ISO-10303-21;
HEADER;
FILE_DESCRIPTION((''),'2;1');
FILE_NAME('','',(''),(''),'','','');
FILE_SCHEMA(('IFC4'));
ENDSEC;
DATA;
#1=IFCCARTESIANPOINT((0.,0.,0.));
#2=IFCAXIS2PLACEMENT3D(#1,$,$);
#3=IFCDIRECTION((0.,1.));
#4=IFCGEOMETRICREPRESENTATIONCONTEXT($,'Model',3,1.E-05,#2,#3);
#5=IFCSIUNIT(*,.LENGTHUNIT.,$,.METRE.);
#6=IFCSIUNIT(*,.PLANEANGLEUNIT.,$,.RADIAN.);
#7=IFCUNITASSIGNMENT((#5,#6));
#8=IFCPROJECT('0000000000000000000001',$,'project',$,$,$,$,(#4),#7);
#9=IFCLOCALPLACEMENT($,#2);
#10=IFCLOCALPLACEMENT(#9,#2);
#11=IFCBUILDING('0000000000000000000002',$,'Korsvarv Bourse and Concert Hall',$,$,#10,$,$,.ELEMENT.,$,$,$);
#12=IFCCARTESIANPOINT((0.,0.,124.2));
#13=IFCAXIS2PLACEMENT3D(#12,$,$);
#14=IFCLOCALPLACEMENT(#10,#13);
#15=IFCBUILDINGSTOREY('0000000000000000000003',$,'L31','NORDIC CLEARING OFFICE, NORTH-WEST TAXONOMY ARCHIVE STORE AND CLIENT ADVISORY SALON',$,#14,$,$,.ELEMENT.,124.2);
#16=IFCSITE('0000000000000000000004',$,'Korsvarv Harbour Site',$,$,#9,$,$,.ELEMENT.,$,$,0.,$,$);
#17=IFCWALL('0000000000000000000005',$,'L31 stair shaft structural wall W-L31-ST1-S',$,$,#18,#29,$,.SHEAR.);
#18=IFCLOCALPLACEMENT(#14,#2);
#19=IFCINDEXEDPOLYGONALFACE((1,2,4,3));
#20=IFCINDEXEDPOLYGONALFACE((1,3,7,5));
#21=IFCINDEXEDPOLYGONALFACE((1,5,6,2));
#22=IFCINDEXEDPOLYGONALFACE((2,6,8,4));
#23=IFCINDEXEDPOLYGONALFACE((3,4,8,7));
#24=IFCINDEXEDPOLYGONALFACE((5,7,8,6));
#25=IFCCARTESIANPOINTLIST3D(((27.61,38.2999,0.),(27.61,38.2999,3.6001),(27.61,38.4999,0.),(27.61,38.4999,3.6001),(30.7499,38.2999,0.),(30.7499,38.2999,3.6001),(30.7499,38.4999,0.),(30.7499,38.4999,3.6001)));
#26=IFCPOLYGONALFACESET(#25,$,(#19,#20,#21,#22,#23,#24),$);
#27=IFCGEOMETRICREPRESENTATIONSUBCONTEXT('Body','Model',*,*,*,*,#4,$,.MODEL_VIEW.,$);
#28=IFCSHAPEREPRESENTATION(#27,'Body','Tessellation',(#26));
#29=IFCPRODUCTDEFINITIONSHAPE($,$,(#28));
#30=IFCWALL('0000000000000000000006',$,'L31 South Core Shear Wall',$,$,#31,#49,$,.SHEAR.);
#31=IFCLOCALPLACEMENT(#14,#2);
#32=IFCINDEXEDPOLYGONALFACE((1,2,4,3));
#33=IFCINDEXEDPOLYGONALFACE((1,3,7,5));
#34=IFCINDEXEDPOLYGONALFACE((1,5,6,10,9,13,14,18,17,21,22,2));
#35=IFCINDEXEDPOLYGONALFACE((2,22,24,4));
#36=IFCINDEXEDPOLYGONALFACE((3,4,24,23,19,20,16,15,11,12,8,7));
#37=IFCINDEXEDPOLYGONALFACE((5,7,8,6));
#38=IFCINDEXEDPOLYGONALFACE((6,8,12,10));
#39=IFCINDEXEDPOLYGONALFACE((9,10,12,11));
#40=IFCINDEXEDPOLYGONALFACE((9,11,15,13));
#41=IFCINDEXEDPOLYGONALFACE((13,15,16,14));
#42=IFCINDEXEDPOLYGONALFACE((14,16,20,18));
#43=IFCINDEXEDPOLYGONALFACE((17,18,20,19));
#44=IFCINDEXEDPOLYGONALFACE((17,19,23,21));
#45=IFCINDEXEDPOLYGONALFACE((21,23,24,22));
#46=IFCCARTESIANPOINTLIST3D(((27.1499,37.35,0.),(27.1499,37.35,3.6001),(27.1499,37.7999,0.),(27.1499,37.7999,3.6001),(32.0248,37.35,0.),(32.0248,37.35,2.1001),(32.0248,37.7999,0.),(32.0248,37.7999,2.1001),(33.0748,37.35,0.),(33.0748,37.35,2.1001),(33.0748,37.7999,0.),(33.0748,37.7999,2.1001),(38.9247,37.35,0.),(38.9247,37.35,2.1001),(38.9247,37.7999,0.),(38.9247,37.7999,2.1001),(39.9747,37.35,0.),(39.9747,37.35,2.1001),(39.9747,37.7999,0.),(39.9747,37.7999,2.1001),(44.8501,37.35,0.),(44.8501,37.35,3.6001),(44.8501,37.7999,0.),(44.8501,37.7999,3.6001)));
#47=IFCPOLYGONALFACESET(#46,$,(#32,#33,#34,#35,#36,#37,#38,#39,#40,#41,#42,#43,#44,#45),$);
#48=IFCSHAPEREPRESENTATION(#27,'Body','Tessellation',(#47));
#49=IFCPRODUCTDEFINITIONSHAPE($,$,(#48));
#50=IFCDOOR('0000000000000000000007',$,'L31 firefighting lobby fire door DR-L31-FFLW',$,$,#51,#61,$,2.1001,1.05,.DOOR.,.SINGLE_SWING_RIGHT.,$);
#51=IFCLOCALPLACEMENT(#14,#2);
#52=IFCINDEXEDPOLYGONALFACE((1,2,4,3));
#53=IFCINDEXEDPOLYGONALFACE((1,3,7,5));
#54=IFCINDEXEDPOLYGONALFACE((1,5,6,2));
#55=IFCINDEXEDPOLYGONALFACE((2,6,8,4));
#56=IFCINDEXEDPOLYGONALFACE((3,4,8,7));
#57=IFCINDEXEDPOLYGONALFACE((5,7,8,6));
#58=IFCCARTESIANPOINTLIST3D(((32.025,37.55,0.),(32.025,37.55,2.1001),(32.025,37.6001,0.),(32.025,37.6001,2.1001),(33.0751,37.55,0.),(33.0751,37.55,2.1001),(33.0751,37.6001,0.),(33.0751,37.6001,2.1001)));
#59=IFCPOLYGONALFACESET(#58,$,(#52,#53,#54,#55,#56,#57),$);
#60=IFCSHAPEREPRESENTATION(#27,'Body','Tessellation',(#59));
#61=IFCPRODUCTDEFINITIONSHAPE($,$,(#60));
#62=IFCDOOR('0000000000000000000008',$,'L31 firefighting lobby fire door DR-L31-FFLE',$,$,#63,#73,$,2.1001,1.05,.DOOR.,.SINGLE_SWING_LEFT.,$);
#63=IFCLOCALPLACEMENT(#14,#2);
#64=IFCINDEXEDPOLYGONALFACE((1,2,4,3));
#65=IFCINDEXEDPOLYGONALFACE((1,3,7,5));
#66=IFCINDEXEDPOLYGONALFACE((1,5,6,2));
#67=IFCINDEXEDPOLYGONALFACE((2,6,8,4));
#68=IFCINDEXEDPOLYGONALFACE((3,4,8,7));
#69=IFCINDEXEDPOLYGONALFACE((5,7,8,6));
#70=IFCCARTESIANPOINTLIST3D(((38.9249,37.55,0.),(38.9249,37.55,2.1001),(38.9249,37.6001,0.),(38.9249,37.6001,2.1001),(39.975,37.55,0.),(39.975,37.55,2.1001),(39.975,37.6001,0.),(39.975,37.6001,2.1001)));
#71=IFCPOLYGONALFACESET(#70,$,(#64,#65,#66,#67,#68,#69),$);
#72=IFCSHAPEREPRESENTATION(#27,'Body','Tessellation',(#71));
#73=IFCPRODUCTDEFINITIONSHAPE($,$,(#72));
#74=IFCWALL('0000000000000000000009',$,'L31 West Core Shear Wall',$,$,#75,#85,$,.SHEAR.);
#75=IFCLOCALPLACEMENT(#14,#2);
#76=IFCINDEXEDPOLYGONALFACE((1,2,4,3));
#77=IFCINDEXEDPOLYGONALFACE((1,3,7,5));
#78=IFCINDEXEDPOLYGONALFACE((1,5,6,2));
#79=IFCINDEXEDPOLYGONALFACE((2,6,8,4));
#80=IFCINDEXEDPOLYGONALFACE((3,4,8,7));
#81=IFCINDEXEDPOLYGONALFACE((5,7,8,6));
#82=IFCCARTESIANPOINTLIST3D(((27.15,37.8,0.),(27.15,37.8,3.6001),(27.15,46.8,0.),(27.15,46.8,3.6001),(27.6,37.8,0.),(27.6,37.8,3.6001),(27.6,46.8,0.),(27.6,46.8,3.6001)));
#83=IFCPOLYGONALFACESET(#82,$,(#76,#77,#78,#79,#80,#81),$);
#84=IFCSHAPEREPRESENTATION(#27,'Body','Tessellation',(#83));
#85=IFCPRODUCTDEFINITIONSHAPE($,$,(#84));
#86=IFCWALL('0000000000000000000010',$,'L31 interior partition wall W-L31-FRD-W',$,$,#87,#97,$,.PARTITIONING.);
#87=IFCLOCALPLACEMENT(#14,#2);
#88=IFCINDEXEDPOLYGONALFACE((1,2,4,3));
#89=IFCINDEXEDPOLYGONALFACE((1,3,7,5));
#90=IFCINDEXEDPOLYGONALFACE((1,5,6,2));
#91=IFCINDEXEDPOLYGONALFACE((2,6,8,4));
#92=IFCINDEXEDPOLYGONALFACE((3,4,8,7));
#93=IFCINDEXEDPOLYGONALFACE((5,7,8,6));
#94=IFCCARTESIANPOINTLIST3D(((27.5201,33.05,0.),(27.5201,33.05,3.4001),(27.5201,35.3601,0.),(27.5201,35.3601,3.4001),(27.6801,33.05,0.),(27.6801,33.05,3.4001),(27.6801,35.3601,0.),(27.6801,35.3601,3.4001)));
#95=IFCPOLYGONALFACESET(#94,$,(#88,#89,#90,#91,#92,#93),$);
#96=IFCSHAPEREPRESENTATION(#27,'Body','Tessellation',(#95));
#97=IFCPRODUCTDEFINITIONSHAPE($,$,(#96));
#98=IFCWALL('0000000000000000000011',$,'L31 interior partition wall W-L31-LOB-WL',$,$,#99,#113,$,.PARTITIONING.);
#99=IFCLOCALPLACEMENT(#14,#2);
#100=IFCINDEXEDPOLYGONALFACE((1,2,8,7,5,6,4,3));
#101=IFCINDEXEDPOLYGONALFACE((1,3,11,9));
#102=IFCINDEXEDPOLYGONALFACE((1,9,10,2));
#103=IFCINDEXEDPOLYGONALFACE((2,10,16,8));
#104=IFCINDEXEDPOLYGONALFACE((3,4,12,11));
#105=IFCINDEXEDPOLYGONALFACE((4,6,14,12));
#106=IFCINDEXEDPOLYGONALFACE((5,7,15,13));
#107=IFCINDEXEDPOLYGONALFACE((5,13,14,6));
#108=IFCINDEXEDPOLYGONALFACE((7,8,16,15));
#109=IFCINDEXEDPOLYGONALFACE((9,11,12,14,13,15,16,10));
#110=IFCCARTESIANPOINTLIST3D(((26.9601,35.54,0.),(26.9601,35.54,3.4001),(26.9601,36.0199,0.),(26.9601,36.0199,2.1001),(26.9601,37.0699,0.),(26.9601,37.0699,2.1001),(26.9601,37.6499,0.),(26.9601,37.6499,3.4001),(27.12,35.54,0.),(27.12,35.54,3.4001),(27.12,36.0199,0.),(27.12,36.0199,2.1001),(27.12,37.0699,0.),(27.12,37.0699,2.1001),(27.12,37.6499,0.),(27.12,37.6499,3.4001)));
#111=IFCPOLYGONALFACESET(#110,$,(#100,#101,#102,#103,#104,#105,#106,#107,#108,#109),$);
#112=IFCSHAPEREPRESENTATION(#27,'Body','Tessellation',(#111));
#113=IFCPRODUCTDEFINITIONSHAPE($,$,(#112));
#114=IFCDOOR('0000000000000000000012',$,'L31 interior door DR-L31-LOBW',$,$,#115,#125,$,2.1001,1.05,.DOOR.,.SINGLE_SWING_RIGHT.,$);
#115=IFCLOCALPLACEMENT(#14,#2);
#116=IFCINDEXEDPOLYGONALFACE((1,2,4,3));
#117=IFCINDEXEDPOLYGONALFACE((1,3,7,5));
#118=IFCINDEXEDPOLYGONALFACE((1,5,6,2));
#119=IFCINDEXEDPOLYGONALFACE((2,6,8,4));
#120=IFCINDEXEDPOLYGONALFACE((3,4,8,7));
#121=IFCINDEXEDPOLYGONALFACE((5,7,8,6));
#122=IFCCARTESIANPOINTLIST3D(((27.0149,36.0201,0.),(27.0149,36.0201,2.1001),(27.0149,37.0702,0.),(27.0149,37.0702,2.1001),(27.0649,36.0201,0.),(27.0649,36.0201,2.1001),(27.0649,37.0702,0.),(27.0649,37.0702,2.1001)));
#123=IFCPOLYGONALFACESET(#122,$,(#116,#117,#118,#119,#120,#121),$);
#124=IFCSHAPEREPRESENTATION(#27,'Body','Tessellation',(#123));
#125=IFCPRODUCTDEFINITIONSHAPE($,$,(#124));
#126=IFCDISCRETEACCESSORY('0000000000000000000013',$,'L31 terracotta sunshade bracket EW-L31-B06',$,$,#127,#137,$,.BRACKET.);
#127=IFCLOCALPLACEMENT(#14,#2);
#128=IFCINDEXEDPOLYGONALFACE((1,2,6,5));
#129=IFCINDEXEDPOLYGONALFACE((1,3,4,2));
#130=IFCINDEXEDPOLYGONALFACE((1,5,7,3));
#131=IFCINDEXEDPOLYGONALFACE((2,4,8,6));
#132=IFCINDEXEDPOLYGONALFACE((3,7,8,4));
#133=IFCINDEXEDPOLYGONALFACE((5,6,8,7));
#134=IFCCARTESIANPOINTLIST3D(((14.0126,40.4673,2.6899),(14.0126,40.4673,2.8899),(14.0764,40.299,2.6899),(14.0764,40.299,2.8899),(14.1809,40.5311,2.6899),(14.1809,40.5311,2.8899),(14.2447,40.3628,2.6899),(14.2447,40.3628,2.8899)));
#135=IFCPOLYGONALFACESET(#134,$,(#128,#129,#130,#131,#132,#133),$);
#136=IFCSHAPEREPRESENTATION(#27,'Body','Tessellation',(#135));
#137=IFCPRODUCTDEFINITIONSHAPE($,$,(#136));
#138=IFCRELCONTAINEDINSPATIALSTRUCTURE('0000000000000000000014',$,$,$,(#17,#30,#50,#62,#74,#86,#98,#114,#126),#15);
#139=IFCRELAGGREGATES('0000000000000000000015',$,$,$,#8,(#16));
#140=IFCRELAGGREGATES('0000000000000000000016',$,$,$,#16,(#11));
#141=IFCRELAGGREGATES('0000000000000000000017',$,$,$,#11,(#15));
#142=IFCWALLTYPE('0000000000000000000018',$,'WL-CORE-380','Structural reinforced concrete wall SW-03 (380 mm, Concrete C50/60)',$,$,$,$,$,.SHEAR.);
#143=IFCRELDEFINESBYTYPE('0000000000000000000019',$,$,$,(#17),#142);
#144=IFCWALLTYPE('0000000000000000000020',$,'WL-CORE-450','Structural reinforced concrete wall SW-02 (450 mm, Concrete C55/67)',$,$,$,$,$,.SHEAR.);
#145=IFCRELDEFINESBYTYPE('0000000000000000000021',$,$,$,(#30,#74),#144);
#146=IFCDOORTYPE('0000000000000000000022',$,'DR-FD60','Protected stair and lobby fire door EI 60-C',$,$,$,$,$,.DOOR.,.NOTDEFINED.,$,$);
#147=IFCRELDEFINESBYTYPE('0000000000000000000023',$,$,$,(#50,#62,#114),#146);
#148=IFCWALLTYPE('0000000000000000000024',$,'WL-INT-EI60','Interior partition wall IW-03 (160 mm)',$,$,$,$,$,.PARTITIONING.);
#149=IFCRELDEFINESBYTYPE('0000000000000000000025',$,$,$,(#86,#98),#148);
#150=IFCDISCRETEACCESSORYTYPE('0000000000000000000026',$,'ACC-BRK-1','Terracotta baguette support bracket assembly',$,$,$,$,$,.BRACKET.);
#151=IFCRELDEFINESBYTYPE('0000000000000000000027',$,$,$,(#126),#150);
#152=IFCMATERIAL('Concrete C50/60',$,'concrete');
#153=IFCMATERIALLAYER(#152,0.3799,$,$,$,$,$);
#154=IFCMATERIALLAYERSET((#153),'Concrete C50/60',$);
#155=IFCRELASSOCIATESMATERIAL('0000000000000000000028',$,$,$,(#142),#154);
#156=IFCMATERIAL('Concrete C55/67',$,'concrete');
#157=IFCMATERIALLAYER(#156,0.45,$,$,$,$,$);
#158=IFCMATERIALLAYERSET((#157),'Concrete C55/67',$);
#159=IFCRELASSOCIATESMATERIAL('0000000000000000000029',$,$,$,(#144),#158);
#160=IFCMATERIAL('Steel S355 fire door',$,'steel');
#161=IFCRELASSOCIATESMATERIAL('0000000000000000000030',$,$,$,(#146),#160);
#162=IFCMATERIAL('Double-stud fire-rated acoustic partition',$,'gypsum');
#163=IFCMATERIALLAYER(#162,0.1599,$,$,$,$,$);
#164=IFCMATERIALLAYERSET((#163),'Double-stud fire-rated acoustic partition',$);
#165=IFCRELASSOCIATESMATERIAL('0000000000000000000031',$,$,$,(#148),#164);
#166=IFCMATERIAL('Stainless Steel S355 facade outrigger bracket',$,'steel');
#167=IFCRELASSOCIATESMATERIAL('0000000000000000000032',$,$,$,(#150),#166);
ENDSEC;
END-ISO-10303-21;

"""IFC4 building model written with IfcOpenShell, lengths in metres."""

from ifc_helpers import new_model, si_unit, direction, frame, frame_2d, origin, origin_2d, place, context, subcontext, project, spatial, rectangle, extrude, source, transform, mapped, material, layer, layer_set, type_object, element, fill, save


model = new_model("IFC4")

# Units and contexts
model_context = context("Model", 3, precision=1e-05, world=origin(), true_north=direction((0.0, 1.0)))
body_context = subcontext(model_context, "Body", "Model", "MODEL_VIEW")
ifc_project = project(units=[si_unit("LENGTHUNIT", "METRE"), si_unit("PLANEANGLEUNIT", "RADIAN")], contexts=[model_context])

# Site, building, storey
site_placement = place(None, origin())
site = spatial("IfcSite", under=ifc_project, at=site_placement, Name="Korsvarv Harbour Site", CompositionType="ELEMENT", RefElevation=0.0)
building_placement = place(site_placement, origin())
building = spatial("IfcBuilding", under=site, at=building_placement, Name="Korsvarv Bourse and Concert Hall", CompositionType="ELEMENT")
storey_placement = place(building_placement, frame((0.0, 0.0, 124.2)))
storey = spatial("IfcBuildingStorey", under=building, at=storey_placement, Name="L31", Description="NORDIC CLEARING OFFICE, NORTH-WEST TAXONOMY ARCHIVE STORE AND CLIENT ADVISORY SALON", CompositionType="ELEMENT", Elevation=124.2)

# Wall
ifc_material_1 = material(Name="Concrete C50/60", Category="concrete")
ifc_layer_1 = layer(ifc_material_1, 0.3799)
ifc_layer_set_1 = layer_set([ifc_layer_1], Name="Concrete C50/60")
wall_type_1 = type_object("IfcWallType", Name="WL-CORE-380", Description="Structural reinforced concrete wall SW-03 (380 mm, Concrete C50/60)", PredefinedType="SHEAR", material=ifc_layer_set_1)
wall_1_placement = place(storey_placement, frame((27.6101, 38.3999, 0.0), z_axis=(0.0, 0.0, 1.0), x_axis=(1.0, 0.0, 0.0)))
element("IfcWall", 1, at=wall_1_placement, inside=storey, type_object=wall_type_1, Name="L31 stair shaft structural wall W-L31-ST1-S", PredefinedType="SHEAR", context=body_context, shape_type="SweptSolid", body=[
    extrude(rectangle(XDim=3.1399, YDim=0.2, at=frame_2d((1.5698, 0.0))), origin(), (0.0, 0.0, 1.0), 3.6001),
])

# Wall, openings, doors
ifc_material_2 = material(Name="Concrete C55/67", Category="concrete")
ifc_layer_2 = layer(ifc_material_2, 0.45)
ifc_layer_set_2 = layer_set([ifc_layer_2], Name="Concrete C55/67")
wall_type_2 = type_object("IfcWallType", Name="WL-CORE-450", Description="Structural reinforced concrete wall SW-02 (450 mm, Concrete C55/67)", PredefinedType="SHEAR", material=ifc_layer_set_2)
wall_2_placement = place(storey_placement, frame((27.1499, 37.575, 0.0), z_axis=(0.0, 0.0, 1.0), x_axis=(1.0, 0.0, 0.0)))
wall_2 = element("IfcWall", 2, at=wall_2_placement, inside=storey, type_object=wall_type_2, Name="L31 South Core Shear Wall", PredefinedType="SHEAR", context=body_context, shape_type="SweptSolid", body=[
    extrude(rectangle(XDim=17.7002, YDim=0.45, at=frame_2d((8.8501, 0.0))), origin(), (0.0, 0.0, 1.0), 3.6001),
])
opening_1_placement = place(wall_2_placement, frame((4.875, 0.0, 0.0)))
opening_1 = element("IfcOpeningElement", 3, at=opening_1_placement, cuts=wall_2, PredefinedType="OPENING", context=body_context, shape_type="SweptSolid", body=[
    extrude(rectangle(XDim=1.05, YDim=2.1001, at=frame_2d((0.5249, 1.05))), frame((0.0, 0.2349, 0.0), z_axis=(0.0, -1.0, 0.0), x_axis=(1.0, 0.0, 0.0)), (0.0, 0.0, 1.0), 0.47),
])
opening_2_placement = place(wall_2_placement, frame((11.7749, 0.0, 0.0)))
opening_2 = element("IfcOpeningElement", 4, at=opening_2_placement, cuts=wall_2, PredefinedType="OPENING", context=body_context, shape_type="SweptSolid", body=[
    extrude(rectangle(XDim=1.05, YDim=2.1001, at=frame_2d((0.5249, 1.05))), frame((0.0, 0.2349, 0.0), z_axis=(0.0, -1.0, 0.0), x_axis=(1.0, 0.0, 0.0)), (0.0, 0.0, 1.0), 0.47),
])
ifc_material_3 = material(Name="Steel S355 fire door", Category="steel")
door_type = type_object("IfcDoorType", Name="DR-FD60", Description="Protected stair and lobby fire door EI 60-C", OperationType="NOTDEFINED", PredefinedType="DOOR", material=ifc_material_3)
door_1_placement = place(opening_1_placement, frame((1.05, 0.0, 0.0), z_axis=(0.0, 0.0, 1.0), x_axis=(-1.0, 0.0, 0.0)))
door_1 = element("IfcDoor", 5, at=door_1_placement, inside=storey, type_object=door_type, Name="L31 firefighting lobby fire door DR-L31-FFLW", OperationType="SINGLE_SWING_RIGHT", OverallHeight=2.1001, OverallWidth=1.05, PredefinedType="DOOR", context=body_context, shape_type="SweptSolid", body=[
    extrude(rectangle(XDim=1.05, YDim=2.1001, at=frame_2d((0.5249, 1.05))), frame((0.0, 0.0249, 0.0), z_axis=(0.0, -1.0, 0.0), x_axis=(1.0, 0.0, 0.0)), (0.0, 0.0, 1.0), 0.05),
])
fill(opening_1, door_1)
door_2_placement = place(opening_2_placement, frame((1.05, 0.0, 0.0), z_axis=(0.0, 0.0, 1.0), x_axis=(-1.0, 0.0, 0.0)))
door_2 = element("IfcDoor", 6, at=door_2_placement, inside=storey, type_object=door_type, Name="L31 firefighting lobby fire door DR-L31-FFLE", OperationType="SINGLE_SWING_LEFT", OverallHeight=2.1001, OverallWidth=1.05, PredefinedType="DOOR", context=body_context, shape_type="SweptSolid", body=[
    extrude(rectangle(XDim=1.05, YDim=2.1001, at=frame_2d((0.5249, 1.05))), frame((0.0, 0.0249, 0.0), z_axis=(0.0, -1.0, 0.0), x_axis=(1.0, 0.0, 0.0)), (0.0, 0.0, 1.0), 0.05),
])
fill(opening_2, door_2)

# Walls
wall_3_placement = place(storey_placement, frame((27.375, 37.8, 0.0), z_axis=(0.0, 0.0, 1.0), x_axis=(0.0, 1.0, 0.0)))
element("IfcWall", 7, at=wall_3_placement, inside=storey, type_object=wall_type_2, Name="L31 West Core Shear Wall", PredefinedType="SHEAR", context=body_context, shape_type="SweptSolid", body=[
    extrude(rectangle(XDim=9.0, YDim=0.45, at=frame_2d((4.5, 0.0))), origin(), (0.0, 0.0, 1.0), 3.6001),
])
ifc_material_4 = material(Name="Double-stud fire-rated acoustic partition", Category="gypsum")
ifc_layer_3 = layer(ifc_material_4, 0.1599)
ifc_layer_set_3 = layer_set([ifc_layer_3], Name="Double-stud fire-rated acoustic partition")
wall_type_3 = type_object("IfcWallType", Name="WL-INT-EI60", Description="Interior partition wall IW-03 (160 mm)", PredefinedType="PARTITIONING", material=ifc_layer_set_3)
wall_4_placement = place(storey_placement, frame((27.6001, 33.05, 0.0), z_axis=(0.0, 0.0, 1.0), x_axis=(0.0, 1.0, 0.0)))
element("IfcWall", 8, at=wall_4_placement, inside=storey, type_object=wall_type_3, Name="L31 interior partition wall W-L31-FRD-W", PredefinedType="PARTITIONING", context=body_context, shape_type="SweptSolid", body=[
    extrude(rectangle(XDim=2.3101, YDim=0.1599, at=frame_2d((1.155, 0.0))), origin(), (0.0, 0.0, 1.0), 3.4001),
])

# Wall, opening, door
wall_5_placement = place(storey_placement, frame((27.04, 35.54, 0.0), z_axis=(0.0, 0.0, 1.0), x_axis=(0.0, 1.0, 0.0)))
wall_5 = element("IfcWall", 9, at=wall_5_placement, inside=storey, type_object=wall_type_3, Name="L31 interior partition wall W-L31-LOB-WL", PredefinedType="PARTITIONING", context=body_context, shape_type="SweptSolid", body=[
    extrude(rectangle(XDim=2.1099, YDim=0.1599, at=frame_2d((1.0549, 0.0))), origin(), (0.0, 0.0, 1.0), 3.4001),
])
opening_3_placement = place(wall_5_placement, frame((0.48, 0.0, 0.0)))
opening_3 = element("IfcOpeningElement", 10, at=opening_3_placement, cuts=wall_5, PredefinedType="OPENING", context=body_context, shape_type="SweptSolid", body=[
    extrude(rectangle(XDim=1.05, YDim=2.1001, at=frame_2d((0.5249, 1.05))), frame((0.0, 0.0898, 0.0), z_axis=(0.0, -1.0, 0.0), x_axis=(1.0, 0.0, 0.0)), (0.0, 0.0, 1.0), 0.1799),
])
door_3_placement = place(opening_3_placement, frame((1.05, 0.0, 0.0), z_axis=(0.0, 0.0, 1.0), x_axis=(-1.0, 0.0, 0.0)))
door_3 = element("IfcDoor", 11, at=door_3_placement, inside=storey, type_object=door_type, Name="L31 interior door DR-L31-LOBW", OperationType="SINGLE_SWING_RIGHT", OverallHeight=2.1001, OverallWidth=1.05, PredefinedType="DOOR", context=body_context, shape_type="SweptSolid", body=[
    extrude(rectangle(XDim=1.05, YDim=2.1001, at=frame_2d((0.5249, 1.05))), frame((0.0, 0.0249, 0.0), z_axis=(0.0, -1.0, 0.0), x_axis=(1.0, 0.0, 0.0)), (0.0, 0.0, 1.0), 0.05),
])
fill(opening_3, door_3)

# Discrete accessory
ifc_material_5 = material(Name="Stainless Steel S355 facade outrigger bracket", Category="steel")
discrete_accessory_type = type_object("IfcDiscreteAccessoryType", Name="ACC-BRK-1", Description="Terracotta baguette support bracket assembly", PredefinedType="BRACKET", material=ifc_material_5)
shared_shape_1 = source(origin(), body_context, "Body", "SweptSolid", [
    extrude(rectangle(XDim=0.1799, YDim=0.1799, at=origin_2d()), origin(), (0.0, 0.0, 1.0), 0.2),
])
discrete_accessory_placement = place(storey_placement, frame((14.1287, 40.415, 2.6899), z_axis=(0.0, 0.0, 1.0), x_axis=(0.354454, -0.935073, 0.0)))
element("IfcDiscreteAccessory", 12, at=discrete_accessory_placement, inside=storey, type_object=discrete_accessory_type, Name="L31 terracotta sunshade bracket EW-L31-B06", PredefinedType="BRACKET", context=body_context, shape_type="MappedRepresentation", body=[
    mapped(shared_shape_1, transform((0.0, 0.0, 0.0), scale=1.0)),
])

save(model, "model.ifc")
